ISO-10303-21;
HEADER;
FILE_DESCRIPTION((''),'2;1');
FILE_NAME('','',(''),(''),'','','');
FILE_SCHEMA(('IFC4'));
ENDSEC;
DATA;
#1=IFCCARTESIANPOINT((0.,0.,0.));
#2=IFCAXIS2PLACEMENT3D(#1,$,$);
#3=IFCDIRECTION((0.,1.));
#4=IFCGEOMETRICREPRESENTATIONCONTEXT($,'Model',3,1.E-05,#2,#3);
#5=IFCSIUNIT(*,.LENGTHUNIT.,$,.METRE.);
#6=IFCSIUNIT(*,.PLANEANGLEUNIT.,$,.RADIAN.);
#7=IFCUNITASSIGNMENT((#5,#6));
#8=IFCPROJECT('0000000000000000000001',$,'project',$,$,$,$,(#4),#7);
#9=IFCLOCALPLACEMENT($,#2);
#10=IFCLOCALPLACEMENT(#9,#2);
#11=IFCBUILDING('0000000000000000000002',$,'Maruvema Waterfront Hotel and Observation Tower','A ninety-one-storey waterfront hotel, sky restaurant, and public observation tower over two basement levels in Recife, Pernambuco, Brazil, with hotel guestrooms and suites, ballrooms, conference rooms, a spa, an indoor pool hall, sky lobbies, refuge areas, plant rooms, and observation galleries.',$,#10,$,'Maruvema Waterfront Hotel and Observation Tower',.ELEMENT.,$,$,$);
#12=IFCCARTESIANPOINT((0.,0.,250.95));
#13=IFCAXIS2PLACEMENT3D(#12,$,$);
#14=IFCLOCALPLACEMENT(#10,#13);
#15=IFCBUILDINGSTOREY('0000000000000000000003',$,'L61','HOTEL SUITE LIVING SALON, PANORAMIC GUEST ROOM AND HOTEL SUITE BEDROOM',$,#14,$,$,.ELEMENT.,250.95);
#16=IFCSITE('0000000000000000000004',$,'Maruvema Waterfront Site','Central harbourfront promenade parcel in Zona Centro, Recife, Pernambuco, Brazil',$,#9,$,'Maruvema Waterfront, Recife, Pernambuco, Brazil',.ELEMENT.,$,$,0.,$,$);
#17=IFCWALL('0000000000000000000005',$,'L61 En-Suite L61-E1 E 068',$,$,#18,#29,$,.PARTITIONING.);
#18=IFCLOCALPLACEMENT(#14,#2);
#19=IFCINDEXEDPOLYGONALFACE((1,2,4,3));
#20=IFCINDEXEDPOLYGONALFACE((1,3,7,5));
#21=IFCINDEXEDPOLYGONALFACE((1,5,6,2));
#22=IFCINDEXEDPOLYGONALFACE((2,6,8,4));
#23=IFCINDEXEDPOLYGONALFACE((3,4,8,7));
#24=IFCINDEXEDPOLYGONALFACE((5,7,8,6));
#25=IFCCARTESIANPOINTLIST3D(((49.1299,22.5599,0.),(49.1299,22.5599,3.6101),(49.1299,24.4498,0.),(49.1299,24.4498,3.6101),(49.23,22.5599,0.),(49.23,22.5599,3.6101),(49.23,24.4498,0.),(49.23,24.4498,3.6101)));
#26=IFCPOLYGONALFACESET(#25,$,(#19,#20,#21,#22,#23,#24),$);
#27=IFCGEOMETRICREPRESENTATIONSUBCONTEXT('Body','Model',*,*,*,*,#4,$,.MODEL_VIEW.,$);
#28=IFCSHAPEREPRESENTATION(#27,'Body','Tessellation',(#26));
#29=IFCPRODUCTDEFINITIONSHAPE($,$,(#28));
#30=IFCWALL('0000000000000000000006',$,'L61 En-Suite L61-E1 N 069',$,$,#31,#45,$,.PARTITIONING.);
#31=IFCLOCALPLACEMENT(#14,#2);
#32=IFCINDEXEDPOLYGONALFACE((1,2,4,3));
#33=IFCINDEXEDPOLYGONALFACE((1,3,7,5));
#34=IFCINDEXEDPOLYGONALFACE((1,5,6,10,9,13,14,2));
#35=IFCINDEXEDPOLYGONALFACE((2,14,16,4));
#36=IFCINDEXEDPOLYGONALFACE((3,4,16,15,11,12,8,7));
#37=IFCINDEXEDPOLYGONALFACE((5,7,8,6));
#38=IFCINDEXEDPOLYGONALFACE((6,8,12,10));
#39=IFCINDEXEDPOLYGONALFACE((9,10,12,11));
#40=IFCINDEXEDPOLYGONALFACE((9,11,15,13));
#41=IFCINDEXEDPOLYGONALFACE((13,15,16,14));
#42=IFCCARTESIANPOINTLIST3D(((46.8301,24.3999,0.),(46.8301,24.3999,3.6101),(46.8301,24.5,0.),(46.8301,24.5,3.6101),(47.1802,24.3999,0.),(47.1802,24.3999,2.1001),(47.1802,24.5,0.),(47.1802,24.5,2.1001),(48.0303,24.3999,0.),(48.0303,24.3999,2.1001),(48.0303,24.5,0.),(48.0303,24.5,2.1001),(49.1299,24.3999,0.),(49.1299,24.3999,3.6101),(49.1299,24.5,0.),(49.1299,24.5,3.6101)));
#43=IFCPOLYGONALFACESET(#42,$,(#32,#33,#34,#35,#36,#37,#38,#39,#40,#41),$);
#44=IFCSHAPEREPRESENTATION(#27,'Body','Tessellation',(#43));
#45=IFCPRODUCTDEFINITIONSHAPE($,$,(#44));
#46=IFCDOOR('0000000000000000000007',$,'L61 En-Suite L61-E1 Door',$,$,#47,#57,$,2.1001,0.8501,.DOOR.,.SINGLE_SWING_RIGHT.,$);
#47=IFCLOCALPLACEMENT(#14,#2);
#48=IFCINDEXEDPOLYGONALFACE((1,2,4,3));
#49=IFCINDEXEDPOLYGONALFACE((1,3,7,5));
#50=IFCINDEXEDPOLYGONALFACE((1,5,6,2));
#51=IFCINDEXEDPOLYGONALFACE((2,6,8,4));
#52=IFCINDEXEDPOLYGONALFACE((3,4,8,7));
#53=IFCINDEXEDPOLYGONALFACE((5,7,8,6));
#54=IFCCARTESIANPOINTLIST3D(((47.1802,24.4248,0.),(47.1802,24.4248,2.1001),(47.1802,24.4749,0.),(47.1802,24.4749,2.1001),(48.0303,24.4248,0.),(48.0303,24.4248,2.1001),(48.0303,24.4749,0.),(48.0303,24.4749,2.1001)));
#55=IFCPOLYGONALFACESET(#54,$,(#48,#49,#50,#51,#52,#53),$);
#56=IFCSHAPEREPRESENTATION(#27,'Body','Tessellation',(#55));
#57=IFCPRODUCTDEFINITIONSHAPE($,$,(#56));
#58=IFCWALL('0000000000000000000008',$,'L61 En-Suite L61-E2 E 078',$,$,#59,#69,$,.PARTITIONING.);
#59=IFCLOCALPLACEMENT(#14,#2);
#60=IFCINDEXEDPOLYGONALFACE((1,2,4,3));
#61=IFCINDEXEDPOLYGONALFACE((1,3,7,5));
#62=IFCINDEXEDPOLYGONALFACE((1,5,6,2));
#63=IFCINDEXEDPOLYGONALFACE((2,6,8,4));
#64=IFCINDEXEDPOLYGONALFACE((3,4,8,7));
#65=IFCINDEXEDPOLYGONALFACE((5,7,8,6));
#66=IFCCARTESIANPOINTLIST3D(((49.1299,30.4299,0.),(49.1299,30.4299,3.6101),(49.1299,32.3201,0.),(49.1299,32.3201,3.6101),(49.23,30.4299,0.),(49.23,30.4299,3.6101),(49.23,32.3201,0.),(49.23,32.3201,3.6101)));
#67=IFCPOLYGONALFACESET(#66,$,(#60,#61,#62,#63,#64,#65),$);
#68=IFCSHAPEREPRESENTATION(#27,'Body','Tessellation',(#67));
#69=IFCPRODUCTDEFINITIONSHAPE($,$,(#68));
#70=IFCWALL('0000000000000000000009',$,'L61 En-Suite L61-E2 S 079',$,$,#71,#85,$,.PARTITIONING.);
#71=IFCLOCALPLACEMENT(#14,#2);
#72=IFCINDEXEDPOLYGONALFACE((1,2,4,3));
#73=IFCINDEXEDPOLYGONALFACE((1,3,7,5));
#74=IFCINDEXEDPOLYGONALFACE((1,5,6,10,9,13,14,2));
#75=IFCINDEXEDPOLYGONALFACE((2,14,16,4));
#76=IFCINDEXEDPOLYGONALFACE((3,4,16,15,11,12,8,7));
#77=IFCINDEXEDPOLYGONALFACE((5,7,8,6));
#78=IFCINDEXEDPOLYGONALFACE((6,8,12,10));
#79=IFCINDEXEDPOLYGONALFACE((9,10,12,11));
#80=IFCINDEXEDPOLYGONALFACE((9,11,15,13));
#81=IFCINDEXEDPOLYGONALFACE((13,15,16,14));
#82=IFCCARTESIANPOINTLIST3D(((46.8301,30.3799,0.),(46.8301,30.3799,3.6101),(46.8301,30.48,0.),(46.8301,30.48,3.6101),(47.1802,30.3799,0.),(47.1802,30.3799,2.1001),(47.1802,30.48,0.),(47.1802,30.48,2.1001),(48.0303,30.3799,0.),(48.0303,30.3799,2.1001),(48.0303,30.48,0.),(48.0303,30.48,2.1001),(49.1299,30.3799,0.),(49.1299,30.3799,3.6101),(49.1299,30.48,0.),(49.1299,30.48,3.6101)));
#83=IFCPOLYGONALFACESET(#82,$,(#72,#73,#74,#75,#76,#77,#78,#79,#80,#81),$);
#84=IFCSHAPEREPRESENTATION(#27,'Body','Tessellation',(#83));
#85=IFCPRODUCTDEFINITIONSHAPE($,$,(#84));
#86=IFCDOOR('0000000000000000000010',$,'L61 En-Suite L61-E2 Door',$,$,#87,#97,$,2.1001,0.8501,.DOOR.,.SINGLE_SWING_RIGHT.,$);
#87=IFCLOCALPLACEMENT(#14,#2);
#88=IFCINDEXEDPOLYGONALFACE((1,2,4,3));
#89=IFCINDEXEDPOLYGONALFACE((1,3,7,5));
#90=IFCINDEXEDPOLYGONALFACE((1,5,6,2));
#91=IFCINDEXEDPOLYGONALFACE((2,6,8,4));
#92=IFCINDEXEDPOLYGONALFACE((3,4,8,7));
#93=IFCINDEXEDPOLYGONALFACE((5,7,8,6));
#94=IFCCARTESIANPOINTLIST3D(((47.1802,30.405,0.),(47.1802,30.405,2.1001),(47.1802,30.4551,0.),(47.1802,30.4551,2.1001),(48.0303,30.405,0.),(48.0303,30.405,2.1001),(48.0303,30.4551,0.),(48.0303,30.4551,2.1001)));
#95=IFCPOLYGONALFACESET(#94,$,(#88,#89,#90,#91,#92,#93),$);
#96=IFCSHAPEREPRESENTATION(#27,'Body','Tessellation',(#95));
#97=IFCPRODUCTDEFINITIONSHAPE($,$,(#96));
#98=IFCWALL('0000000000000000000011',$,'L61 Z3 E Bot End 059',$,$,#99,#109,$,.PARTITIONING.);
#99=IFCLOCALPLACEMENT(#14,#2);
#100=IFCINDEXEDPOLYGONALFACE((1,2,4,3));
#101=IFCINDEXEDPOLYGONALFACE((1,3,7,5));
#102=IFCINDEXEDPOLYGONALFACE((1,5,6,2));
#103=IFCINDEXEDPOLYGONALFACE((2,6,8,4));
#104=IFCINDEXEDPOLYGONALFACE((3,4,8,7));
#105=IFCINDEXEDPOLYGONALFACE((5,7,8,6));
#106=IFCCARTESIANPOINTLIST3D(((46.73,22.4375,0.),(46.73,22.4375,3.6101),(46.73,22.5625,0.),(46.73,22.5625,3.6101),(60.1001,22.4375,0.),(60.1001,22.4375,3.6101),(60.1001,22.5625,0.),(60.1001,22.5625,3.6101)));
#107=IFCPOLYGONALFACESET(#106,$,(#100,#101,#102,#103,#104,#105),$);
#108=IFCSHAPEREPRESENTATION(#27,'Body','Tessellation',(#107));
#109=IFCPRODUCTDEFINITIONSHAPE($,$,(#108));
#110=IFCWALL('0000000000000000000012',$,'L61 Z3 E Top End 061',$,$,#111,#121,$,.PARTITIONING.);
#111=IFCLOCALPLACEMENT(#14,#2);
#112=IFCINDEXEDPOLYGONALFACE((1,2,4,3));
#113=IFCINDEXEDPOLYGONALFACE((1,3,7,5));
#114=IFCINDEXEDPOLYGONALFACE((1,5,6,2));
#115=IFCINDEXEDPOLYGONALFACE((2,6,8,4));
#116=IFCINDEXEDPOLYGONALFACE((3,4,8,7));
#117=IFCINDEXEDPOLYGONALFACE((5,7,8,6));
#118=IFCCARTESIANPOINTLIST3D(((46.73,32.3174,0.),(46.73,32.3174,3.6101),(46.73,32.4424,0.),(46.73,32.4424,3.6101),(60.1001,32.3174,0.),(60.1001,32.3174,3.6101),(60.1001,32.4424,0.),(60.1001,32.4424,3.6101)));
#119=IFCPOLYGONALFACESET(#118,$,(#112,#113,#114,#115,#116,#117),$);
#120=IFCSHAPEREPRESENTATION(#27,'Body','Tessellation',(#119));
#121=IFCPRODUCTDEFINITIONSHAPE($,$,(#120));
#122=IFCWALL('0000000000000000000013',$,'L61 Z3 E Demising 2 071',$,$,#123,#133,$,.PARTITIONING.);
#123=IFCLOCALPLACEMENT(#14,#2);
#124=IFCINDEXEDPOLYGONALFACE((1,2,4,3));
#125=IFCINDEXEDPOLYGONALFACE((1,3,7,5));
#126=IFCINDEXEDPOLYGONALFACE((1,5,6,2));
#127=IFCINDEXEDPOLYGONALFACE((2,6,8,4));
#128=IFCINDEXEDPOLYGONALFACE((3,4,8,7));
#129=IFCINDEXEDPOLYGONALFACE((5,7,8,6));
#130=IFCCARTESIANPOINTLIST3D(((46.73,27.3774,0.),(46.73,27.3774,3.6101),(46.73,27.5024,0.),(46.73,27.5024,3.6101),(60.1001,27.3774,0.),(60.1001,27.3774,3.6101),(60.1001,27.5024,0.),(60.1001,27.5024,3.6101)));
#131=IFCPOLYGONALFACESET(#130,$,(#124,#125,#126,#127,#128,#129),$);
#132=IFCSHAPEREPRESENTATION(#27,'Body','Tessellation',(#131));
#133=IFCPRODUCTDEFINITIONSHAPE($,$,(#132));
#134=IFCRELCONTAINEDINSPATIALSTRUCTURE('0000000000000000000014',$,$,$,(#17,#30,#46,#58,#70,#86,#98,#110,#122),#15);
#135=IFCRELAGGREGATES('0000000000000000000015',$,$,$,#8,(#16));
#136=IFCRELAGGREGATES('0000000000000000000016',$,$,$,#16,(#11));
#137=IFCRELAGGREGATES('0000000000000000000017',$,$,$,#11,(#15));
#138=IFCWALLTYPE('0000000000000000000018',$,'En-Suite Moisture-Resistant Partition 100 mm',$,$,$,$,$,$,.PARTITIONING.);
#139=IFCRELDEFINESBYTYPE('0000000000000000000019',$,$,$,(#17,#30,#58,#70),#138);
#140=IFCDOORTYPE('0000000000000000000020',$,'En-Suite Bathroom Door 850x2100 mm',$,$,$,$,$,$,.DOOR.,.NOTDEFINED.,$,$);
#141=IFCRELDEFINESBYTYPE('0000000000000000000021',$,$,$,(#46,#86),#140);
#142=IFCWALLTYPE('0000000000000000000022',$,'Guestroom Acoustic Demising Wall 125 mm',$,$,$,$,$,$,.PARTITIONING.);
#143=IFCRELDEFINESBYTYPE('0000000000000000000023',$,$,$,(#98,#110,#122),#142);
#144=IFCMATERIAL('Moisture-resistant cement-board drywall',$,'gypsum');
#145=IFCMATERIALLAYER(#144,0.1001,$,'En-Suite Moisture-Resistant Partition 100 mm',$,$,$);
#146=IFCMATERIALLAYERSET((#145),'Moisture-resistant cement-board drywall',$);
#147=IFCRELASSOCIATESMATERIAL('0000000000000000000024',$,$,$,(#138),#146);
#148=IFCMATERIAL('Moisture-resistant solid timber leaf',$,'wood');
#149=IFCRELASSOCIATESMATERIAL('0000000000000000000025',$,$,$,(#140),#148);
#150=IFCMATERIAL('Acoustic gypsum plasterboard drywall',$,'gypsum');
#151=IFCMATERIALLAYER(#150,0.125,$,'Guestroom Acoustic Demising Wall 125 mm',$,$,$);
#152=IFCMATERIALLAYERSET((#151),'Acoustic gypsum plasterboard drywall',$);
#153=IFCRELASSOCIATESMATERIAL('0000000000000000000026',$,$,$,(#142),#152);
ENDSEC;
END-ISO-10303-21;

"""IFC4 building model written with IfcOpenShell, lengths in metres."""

from ifc_helpers import new_model, si_unit, direction, frame, frame_2d, origin, place, context, subcontext, project, spatial, rectangle, extrude, material, layer, layer_set, type_object, element, fill, save


model = new_model("IFC4")

# Units and contexts
model_context = context("Model", 3, precision=1e-05, world=origin(), true_north=direction((0.0, 1.0)))
body_context = subcontext(model_context, "Body", "Model", "MODEL_VIEW")
ifc_project = project(units=[si_unit("LENGTHUNIT", "METRE"), si_unit("PLANEANGLEUNIT", "RADIAN")], contexts=[model_context])

# Site, building, storey
site_placement = place(None, origin())
site = spatial("IfcSite", under=ifc_project, at=site_placement, Name="Maruvema Waterfront Site", Description="Central harbourfront promenade parcel in Zona Centro, Recife, Pernambuco, Brazil", LongName="Maruvema Waterfront, Recife, Pernambuco, Brazil", CompositionType="ELEMENT", RefElevation=0.0)
building_placement = place(site_placement, origin())
building = spatial("IfcBuilding", under=site, at=building_placement, Name="Maruvema Waterfront Hotel and Observation Tower", Description="A ninety-one-storey waterfront hotel, sky restaurant, and public observation tower over two basement levels in Recife, Pernambuco, Brazil, with hotel guestrooms and suites, ballrooms, conference rooms, a spa, an indoor pool hall, sky lobbies, refuge areas, plant rooms, and observation galleries.", LongName="Maruvema Waterfront Hotel and Observation Tower", CompositionType="ELEMENT")
storey_placement = place(building_placement, frame((0.0, 0.0, 250.95)))
storey = spatial("IfcBuildingStorey", under=building, at=storey_placement, Name="L61", Description="HOTEL SUITE LIVING SALON, PANORAMIC GUEST ROOM AND HOTEL SUITE BEDROOM", CompositionType="ELEMENT", Elevation=250.95)

# Wall
ifc_material_1 = material(Name="Moisture-resistant cement-board drywall", Category="gypsum")
ifc_layer_1 = layer(ifc_material_1, 0.1001, Name="En-Suite Moisture-Resistant Partition 100 mm")
ifc_layer_set_1 = layer_set([ifc_layer_1], Name="Moisture-resistant cement-board drywall")
wall_type_1 = type_object("IfcWallType", Name="En-Suite Moisture-Resistant Partition 100 mm", PredefinedType="PARTITIONING", material=ifc_layer_set_1)
wall_1_placement = place(storey_placement, frame((49.1799, 22.5601, 0.0), z_axis=(0.0, 0.0, 1.0), x_axis=(0.0, 1.0, 0.0)))
element("IfcWall", 1, at=wall_1_placement, inside=storey, type_object=wall_type_1, Name="L61 En-Suite L61-E1 E 068", PredefinedType="PARTITIONING", context=body_context, shape_type="SweptSolid", body=[
    extrude(rectangle(XDim=1.8899, YDim=0.1001, at=frame_2d((0.9448, 0.0))), origin(), (0.0, 0.0, 1.0), 3.6101),
])

# Wall, opening, door
wall_2_placement = place(storey_placement, frame((46.8301, 24.45, 0.0), z_axis=(0.0, 0.0, 1.0), x_axis=(1.0, 0.0, 0.0)))
wall_2 = element("IfcWall", 2, at=wall_2_placement, inside=storey, type_object=wall_type_1, Name="L61 En-Suite L61-E1 N 069", PredefinedType="PARTITIONING", context=body_context, shape_type="SweptSolid", body=[
    extrude(rectangle(XDim=2.2998, YDim=0.1001, at=frame_2d((1.1499, 0.0))), origin(), (0.0, 0.0, 1.0), 3.6101),
])
opening_1_placement = place(wall_2_placement, frame((0.3501, 0.0, 0.0)))
opening_1 = element("IfcOpeningElement", 3, at=opening_1_placement, cuts=wall_2, PredefinedType="OPENING", context=body_context, shape_type="SweptSolid", body=[
    extrude(rectangle(XDim=0.8501, YDim=2.1001, at=frame_2d((0.425, 1.05))), frame((0.0, 0.0601, 0.0), z_axis=(0.0, -1.0, 0.0), x_axis=(1.0, 0.0, 0.0)), (0.0, 0.0, 1.0), 0.1201),
])
ifc_material_2 = material(Name="Moisture-resistant solid timber leaf", Category="wood")
door_type_1 = type_object("IfcDoorType", Name="En-Suite Bathroom Door 850x2100 mm", OperationType="NOTDEFINED", PredefinedType="DOOR", material=ifc_material_2)
door_1_placement = place(opening_1_placement, origin())
door_1 = element("IfcDoor", 4, at=door_1_placement, inside=storey, type_object=door_type_1, Name="L61 En-Suite L61-E1 Door", OperationType="SINGLE_SWING_RIGHT", OverallHeight=2.1001, OverallWidth=0.8501, PredefinedType="DOOR", context=body_context, shape_type="SweptSolid", body=[
    extrude(rectangle(XDim=0.8501, YDim=2.1001, at=frame_2d((0.425, 1.05))), frame((0.0, 0.0249, 0.0), z_axis=(0.0, -1.0, 0.0), x_axis=(1.0, 0.0, 0.0)), (0.0, 0.0, 1.0), 0.05),
])
fill(opening_1, door_1)

# Wall
wall_3_placement = place(storey_placement, frame((49.1799, 30.4299, 0.0), z_axis=(0.0, 0.0, 1.0), x_axis=(0.0, 1.0, 0.0)))
element("IfcWall", 5, at=wall_3_placement, inside=storey, type_object=wall_type_1, Name="L61 En-Suite L61-E2 E 078", PredefinedType="PARTITIONING", context=body_context, shape_type="SweptSolid", body=[
    extrude(rectangle(XDim=1.8901, YDim=0.1001, at=frame_2d((0.9451, 0.0))), origin(), (0.0, 0.0, 1.0), 3.6101),
])

# Wall, opening, door
wall_4_placement = place(storey_placement, frame((46.8301, 30.4299, 0.0), z_axis=(0.0, 0.0, 1.0), x_axis=(1.0, 0.0, 0.0)))
wall_4 = element("IfcWall", 6, at=wall_4_placement, inside=storey, type_object=wall_type_1, Name="L61 En-Suite L61-E2 S 079", PredefinedType="PARTITIONING", context=body_context, shape_type="SweptSolid", body=[
    extrude(rectangle(XDim=2.2998, YDim=0.1001, at=frame_2d((1.1499, 0.0))), origin(), (0.0, 0.0, 1.0), 3.6101),
])
opening_2_placement = place(wall_4_placement, frame((0.3501, 0.0, 0.0)))
opening_2 = element("IfcOpeningElement", 7, at=opening_2_placement, cuts=wall_4, PredefinedType="OPENING", context=body_context, shape_type="SweptSolid", body=[
    extrude(rectangle(XDim=0.8501, YDim=2.1001, at=frame_2d((0.425, 1.05))), frame((0.0, 0.0601, 0.0), z_axis=(0.0, -1.0, 0.0), x_axis=(1.0, 0.0, 0.0)), (0.0, 0.0, 1.0), 0.1201),
])
door_2_placement = place(opening_2_placement, frame((0.8501, 0.0, 0.0), z_axis=(0.0, 0.0, 1.0), x_axis=(-1.0, 0.0, 0.0)))
door_2 = element("IfcDoor", 8, at=door_2_placement, inside=storey, type_object=door_type_1, Name="L61 En-Suite L61-E2 Door", OperationType="SINGLE_SWING_RIGHT", OverallHeight=2.1001, OverallWidth=0.8501, PredefinedType="DOOR", context=body_context, shape_type="SweptSolid", body=[
    extrude(rectangle(XDim=0.8501, YDim=2.1001, at=frame_2d((0.425, 1.05))), frame((0.0, 0.0249, 0.0), z_axis=(0.0, -1.0, 0.0), x_axis=(1.0, 0.0, 0.0)), (0.0, 0.0, 1.0), 0.05),
])
fill(opening_2, door_2)

# Walls
ifc_material_3 = material(Name="Acoustic gypsum plasterboard drywall", Category="gypsum")
ifc_layer_2 = layer(ifc_material_3, 0.125, Name="Guestroom Acoustic Demising Wall 125 mm")
ifc_layer_set_2 = layer_set([ifc_layer_2], Name="Acoustic gypsum plasterboard drywall")
wall_type_2 = type_object("IfcWallType", Name="Guestroom Acoustic Demising Wall 125 mm", PredefinedType="PARTITIONING", material=ifc_layer_set_2)
for number, where, z_axis, x_axis, name in (
    (9, (46.73, 22.5, 0.0), (0.0, 0.0, 1.0), (1.0, 0.0, 0.0), "L61 Z3 E Bot End 059"),
    (10, (46.73, 32.3799, 0.0), (0.0, 0.0, 1.0), (1.0, 0.0, 0.0), "L61 Z3 E Top End 061"),
    (11, (46.73, 27.4399, 0.0), (0.0, 0.0, 1.0), (1.0, 0.0, 0.0), "L61 Z3 E Demising 2 071"),
):
    element("IfcWall", number, at=place(storey_placement, frame(where, z_axis=z_axis, x_axis=x_axis)), inside=storey, type_object=wall_type_2, Name=name, PredefinedType="PARTITIONING", context=body_context, shape_type="SweptSolid", body=[
        extrude(rectangle(XDim=13.3701, YDim=0.125, at=frame_2d((6.6851, 0.0))), origin(), (0.0, 0.0, 1.0), 3.6101),
    ])

save(model, "model.ifc")
